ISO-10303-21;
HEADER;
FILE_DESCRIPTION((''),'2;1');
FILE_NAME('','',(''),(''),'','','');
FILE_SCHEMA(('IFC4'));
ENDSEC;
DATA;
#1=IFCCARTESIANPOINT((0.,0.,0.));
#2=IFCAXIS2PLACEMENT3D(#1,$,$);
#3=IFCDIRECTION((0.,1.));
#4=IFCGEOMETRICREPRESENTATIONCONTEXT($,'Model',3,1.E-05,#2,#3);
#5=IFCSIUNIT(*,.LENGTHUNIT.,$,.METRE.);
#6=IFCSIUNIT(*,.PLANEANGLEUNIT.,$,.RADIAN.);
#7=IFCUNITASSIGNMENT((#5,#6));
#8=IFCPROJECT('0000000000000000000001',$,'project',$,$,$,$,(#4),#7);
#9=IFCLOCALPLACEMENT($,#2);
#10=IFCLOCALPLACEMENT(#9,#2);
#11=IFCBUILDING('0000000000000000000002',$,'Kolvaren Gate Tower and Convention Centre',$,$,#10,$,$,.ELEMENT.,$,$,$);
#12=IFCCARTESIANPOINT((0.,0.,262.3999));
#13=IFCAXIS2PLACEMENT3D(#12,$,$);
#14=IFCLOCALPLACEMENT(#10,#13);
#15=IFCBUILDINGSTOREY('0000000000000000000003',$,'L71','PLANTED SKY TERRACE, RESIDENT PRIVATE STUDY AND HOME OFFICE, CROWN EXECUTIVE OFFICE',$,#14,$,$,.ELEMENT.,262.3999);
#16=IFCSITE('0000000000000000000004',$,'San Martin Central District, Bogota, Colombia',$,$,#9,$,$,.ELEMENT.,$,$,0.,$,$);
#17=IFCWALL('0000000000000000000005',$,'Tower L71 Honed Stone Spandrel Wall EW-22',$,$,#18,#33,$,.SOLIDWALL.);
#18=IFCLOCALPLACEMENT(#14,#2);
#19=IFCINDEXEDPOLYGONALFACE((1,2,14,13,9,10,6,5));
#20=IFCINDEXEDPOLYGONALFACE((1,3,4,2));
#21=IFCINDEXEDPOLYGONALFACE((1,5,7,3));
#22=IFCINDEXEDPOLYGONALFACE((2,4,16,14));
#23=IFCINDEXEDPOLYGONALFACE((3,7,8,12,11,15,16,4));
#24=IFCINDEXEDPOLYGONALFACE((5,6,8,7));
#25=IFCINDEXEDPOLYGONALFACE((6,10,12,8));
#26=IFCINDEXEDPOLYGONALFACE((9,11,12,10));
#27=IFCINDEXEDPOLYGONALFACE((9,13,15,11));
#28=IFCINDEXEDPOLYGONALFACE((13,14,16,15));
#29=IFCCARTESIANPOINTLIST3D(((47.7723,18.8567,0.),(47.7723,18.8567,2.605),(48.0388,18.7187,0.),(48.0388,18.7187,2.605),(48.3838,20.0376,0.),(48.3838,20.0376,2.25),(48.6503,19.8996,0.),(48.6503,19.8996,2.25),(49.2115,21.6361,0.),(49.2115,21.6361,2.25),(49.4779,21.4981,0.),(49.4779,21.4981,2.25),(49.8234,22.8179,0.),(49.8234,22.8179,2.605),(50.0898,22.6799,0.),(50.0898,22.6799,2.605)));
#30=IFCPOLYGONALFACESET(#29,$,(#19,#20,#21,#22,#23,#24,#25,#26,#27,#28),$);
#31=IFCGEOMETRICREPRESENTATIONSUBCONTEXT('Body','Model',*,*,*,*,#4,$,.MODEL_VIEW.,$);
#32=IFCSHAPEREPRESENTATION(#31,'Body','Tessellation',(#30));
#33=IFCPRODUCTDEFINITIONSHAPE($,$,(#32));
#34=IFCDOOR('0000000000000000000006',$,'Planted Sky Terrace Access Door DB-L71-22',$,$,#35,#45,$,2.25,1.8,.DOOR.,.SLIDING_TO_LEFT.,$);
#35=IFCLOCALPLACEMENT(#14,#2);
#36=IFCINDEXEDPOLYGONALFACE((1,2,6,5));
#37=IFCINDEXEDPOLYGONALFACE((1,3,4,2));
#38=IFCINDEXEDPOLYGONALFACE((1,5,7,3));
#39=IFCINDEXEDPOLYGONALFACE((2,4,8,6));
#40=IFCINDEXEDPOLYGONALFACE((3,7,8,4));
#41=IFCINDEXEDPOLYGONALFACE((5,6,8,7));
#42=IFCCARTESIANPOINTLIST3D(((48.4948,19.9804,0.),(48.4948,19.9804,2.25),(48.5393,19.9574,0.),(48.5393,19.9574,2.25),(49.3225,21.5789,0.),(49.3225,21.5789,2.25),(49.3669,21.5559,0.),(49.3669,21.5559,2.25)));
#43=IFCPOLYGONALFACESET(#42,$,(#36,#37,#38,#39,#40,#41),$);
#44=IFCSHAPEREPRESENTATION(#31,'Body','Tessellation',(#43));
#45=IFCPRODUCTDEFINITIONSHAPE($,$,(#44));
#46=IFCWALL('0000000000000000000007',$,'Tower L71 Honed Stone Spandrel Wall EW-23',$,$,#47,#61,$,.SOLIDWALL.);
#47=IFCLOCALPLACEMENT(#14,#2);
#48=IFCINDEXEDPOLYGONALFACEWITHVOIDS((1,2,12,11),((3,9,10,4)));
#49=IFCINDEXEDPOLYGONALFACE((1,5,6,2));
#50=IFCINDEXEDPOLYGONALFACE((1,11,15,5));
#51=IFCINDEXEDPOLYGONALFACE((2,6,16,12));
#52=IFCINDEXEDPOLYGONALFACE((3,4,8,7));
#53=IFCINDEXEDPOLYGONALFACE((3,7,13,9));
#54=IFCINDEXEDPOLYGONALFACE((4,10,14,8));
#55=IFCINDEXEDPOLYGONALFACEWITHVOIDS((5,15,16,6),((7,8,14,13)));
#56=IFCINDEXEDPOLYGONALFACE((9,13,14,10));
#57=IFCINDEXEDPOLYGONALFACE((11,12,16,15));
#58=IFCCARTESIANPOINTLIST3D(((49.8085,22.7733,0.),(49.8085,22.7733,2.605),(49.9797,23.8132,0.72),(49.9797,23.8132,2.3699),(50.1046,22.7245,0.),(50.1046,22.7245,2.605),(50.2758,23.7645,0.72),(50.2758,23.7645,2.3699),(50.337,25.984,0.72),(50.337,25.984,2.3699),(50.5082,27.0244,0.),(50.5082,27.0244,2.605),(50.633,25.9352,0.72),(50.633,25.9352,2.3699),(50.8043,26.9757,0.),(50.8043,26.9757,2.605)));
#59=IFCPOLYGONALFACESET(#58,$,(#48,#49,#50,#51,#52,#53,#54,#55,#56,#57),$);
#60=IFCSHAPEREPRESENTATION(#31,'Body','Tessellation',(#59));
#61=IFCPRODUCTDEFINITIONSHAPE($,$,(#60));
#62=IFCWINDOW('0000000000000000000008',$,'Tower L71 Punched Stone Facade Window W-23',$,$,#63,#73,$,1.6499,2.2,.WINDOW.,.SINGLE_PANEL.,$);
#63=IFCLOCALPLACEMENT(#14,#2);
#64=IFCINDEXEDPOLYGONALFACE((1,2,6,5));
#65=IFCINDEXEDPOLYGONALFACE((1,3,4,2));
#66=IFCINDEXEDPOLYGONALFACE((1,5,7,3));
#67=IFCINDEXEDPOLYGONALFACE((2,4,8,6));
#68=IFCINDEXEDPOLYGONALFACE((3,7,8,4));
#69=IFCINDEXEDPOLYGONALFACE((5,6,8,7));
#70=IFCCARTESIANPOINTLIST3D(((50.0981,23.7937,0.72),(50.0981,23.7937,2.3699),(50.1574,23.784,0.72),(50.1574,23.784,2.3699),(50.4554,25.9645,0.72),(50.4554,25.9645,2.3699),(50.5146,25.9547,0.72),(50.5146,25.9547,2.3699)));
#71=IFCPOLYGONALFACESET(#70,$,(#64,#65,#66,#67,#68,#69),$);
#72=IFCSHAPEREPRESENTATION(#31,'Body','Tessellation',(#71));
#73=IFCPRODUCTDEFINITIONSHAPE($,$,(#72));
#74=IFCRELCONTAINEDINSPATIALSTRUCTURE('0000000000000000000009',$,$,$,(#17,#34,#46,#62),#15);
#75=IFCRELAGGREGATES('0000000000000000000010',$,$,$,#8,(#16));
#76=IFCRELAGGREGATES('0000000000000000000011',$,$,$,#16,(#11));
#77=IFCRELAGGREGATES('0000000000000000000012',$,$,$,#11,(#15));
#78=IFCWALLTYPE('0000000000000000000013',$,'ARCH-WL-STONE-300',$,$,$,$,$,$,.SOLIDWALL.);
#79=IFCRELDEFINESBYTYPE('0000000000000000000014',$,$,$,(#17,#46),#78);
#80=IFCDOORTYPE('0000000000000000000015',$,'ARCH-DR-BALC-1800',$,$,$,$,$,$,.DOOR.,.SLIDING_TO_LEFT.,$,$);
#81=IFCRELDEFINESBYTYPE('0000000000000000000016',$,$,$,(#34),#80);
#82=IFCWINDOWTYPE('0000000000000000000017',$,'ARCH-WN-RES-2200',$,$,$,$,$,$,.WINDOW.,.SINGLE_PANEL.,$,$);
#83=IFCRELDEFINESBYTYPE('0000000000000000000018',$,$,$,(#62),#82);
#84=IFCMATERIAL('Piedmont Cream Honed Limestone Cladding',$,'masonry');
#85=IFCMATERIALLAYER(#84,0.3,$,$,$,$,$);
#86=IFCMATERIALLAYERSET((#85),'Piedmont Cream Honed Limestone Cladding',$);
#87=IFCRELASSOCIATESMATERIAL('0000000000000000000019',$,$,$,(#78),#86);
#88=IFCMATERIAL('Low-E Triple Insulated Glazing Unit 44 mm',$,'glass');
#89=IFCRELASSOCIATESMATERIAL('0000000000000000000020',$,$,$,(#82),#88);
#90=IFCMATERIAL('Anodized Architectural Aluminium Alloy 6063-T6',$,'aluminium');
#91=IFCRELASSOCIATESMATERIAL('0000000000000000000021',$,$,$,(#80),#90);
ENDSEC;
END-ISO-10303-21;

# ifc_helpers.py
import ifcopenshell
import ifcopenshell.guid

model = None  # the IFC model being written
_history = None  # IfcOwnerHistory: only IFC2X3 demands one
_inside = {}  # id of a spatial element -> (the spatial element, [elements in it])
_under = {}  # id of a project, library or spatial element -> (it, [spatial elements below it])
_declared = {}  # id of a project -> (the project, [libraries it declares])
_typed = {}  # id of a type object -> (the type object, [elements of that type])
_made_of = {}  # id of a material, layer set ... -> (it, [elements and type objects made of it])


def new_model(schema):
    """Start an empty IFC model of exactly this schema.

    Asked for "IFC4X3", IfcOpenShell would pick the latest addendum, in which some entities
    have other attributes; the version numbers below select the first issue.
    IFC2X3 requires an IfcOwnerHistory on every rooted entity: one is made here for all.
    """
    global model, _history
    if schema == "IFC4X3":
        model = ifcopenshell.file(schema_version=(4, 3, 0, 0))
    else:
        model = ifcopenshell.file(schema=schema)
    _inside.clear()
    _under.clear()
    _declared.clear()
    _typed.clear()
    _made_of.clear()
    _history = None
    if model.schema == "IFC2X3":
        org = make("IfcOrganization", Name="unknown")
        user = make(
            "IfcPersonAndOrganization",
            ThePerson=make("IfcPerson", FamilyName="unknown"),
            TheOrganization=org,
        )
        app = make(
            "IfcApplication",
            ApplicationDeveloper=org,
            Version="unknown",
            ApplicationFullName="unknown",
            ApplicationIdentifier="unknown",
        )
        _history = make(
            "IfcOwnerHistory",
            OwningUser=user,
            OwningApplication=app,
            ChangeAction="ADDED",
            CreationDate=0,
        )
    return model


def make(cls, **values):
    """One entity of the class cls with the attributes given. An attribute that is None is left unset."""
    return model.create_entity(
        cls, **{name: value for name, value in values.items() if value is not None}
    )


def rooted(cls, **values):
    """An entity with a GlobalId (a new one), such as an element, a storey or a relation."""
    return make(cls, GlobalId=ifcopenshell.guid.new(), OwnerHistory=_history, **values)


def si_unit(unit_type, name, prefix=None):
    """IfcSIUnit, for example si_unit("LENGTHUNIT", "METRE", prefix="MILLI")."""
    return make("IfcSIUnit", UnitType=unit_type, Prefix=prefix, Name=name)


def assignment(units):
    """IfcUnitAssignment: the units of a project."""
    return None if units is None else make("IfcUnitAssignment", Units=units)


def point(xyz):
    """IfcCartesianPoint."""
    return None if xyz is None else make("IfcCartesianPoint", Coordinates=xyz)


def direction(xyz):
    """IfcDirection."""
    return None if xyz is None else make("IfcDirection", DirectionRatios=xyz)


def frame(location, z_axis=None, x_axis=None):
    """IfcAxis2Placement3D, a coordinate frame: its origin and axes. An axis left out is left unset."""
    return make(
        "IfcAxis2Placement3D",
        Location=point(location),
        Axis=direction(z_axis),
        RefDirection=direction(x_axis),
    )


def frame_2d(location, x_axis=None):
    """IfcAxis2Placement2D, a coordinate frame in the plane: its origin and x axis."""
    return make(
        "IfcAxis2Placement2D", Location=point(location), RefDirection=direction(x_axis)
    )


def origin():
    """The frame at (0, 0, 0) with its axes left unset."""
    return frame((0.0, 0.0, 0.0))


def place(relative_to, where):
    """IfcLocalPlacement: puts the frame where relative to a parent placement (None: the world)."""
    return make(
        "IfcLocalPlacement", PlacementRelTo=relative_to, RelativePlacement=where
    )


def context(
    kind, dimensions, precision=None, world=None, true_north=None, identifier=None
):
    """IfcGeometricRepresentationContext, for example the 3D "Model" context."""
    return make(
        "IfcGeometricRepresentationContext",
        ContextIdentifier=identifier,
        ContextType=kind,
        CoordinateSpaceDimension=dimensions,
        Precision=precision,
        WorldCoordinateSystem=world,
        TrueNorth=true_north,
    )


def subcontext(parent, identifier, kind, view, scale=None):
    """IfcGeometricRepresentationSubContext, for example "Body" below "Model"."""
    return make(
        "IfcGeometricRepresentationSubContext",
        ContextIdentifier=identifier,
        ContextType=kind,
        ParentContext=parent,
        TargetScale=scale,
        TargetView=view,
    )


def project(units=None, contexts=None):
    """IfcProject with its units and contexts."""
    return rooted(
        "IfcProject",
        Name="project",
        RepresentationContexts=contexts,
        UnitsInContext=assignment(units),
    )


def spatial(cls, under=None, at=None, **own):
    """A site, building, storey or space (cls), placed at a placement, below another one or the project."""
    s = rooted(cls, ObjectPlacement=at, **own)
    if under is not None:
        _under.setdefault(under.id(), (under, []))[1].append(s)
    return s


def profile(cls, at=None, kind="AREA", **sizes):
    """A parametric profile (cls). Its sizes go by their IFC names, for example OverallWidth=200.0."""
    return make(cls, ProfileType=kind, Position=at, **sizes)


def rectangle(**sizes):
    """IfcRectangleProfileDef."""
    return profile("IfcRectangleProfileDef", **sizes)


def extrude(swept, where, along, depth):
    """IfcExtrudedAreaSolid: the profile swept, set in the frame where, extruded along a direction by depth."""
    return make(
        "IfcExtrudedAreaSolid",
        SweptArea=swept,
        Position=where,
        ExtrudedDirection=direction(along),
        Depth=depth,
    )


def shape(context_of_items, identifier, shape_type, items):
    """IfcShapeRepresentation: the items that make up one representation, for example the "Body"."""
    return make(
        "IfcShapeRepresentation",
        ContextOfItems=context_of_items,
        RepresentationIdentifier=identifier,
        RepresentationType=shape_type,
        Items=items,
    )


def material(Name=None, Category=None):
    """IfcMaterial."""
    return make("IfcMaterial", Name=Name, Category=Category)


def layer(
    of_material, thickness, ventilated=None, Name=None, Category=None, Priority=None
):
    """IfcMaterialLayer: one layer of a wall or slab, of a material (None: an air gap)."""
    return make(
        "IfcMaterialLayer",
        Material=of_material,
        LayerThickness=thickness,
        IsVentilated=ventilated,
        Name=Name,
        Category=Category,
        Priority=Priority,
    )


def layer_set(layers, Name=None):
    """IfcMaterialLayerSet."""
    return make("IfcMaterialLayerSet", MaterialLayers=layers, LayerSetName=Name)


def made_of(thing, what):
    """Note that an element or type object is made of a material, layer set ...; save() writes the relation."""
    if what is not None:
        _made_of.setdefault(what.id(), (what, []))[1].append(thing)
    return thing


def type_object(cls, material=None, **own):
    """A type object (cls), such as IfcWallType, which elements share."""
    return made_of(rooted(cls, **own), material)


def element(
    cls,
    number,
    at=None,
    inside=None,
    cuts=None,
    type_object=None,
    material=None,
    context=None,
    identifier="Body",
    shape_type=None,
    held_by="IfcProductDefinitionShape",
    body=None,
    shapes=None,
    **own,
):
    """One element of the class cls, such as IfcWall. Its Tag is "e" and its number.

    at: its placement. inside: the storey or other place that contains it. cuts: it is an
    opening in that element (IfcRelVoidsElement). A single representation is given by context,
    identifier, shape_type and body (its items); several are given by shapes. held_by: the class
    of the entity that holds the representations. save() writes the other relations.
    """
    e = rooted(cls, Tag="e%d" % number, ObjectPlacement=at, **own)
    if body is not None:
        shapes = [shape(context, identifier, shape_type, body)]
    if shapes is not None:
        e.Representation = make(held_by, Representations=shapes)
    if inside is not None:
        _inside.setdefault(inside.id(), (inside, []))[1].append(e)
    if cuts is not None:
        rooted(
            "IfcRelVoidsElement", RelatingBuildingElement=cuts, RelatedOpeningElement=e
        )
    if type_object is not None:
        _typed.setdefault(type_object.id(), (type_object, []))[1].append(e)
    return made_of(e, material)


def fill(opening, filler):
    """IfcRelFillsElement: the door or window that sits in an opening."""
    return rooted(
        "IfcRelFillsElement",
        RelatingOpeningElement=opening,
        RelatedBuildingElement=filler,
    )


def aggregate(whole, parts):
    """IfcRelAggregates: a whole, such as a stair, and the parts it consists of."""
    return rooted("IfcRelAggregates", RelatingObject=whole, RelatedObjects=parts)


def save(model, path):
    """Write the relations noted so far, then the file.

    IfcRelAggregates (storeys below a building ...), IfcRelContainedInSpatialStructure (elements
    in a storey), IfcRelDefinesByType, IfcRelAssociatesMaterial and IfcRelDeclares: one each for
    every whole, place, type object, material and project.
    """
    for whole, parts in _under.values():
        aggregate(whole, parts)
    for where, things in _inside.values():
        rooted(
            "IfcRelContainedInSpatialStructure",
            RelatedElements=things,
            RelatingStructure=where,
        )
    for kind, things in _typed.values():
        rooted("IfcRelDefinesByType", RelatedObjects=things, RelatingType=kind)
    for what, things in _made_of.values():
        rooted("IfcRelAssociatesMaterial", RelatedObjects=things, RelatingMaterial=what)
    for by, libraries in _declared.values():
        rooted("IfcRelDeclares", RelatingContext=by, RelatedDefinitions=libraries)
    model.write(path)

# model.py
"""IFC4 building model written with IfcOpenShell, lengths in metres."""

from ifc_helpers import new_model, si_unit, direction, frame, frame_2d, origin, place, context, subcontext, project, spatial, rectangle, extrude, material, layer, layer_set, type_object, element, fill, save


model = new_model("IFC4")

# Units and contexts
model_context = context("Model", 3, precision=1e-05, world=origin(), true_north=direction((0.0, 1.0)))
body_context = subcontext(model_context, "Body", "Model", "MODEL_VIEW")
ifc_project = project(units=[si_unit("LENGTHUNIT", "METRE"), si_unit("PLANEANGLEUNIT", "RADIAN")], contexts=[model_context])

# Site, building, storey
site_placement = place(None, origin())
site = spatial("IfcSite", under=ifc_project, at=site_placement, Name="San Martin Central District, Bogota, Colombia", CompositionType="ELEMENT", RefElevation=0.0)
building_placement = place(site_placement, origin())
building = spatial("IfcBuilding", under=site, at=building_placement, Name="Kolvaren Gate Tower and Convention Centre", CompositionType="ELEMENT")
storey_placement = place(building_placement, frame((0.0, 0.0, 262.3999)))
storey = spatial("IfcBuildingStorey", under=building, at=storey_placement, Name="L71", Description="PLANTED SKY TERRACE, RESIDENT PRIVATE STUDY AND HOME OFFICE, CROWN EXECUTIVE OFFICE", CompositionType="ELEMENT", Elevation=262.3999)

# Shared definitions
ifc_material_1 = material(Name="Piedmont Cream Honed Limestone Cladding", Category="masonry")

# Shared definitions
ifc_layer_1 = layer(ifc_material_1, 0.3)
ifc_layer_set_1 = layer_set([ifc_layer_1], Name="Piedmont Cream Honed Limestone Cladding")
wall_type_1 = type_object("IfcWallType", Name="ARCH-WL-STONE-300", PredefinedType="SOLIDWALL", material=ifc_layer_set_1)
ifc_material_2 = material(Name="Low-E Triple Insulated Glazing Unit 44 mm", Category="glass")
window_type = type_object("IfcWindowType", Name="ARCH-WN-RES-2200", PartitioningType="SINGLE_PANEL", PredefinedType="WINDOW", material=ifc_material_2)

# Wall, opening, door
wall_1_placement = place(storey_placement, frame((47.9055, 18.7876, 0.0), z_axis=(0.0, 0.0, 1.0), x_axis=(0.459801, 0.888022, 0.0)))
wall_1 = element("IfcWall", 1, at=wall_1_placement, inside=storey, type_object=wall_type_1, Name="Tower L71 Honed Stone Spandrel Wall EW-22", PredefinedType="SOLIDWALL", context=body_context, shape_type="SweptSolid", body=[
    extrude(rectangle(XDim=4.4607, YDim=0.3, at=frame_2d((2.2305, 0.0))), origin(), (0.0, 0.0, 1.0), 2.605),
])
opening_1_placement = place(wall_1_placement, frame((1.3301, 0.0, 0.0)))
opening_1 = element("IfcOpeningElement", 2, at=opening_1_placement, cuts=wall_1, PredefinedType="OPENING", context=body_context, shape_type="SweptSolid", body=[
    extrude(rectangle(XDim=1.8, YDim=2.25, at=frame_2d((0.8999, 1.125))), frame((0.0, 0.1599, 0.0), z_axis=(0.0, -1.0, 0.0), x_axis=(1.0, 0.0, 0.0)), (0.0, 0.0, 1.0), 0.3201),
])
ifc_material_3 = material(Name="Anodized Architectural Aluminium Alloy 6063-T6", Category="aluminium")
door_type_1 = type_object("IfcDoorType", Name="ARCH-DR-BALC-1800", OperationType="SLIDING_TO_LEFT", PredefinedType="DOOR", material=ifc_material_3)
door_1_placement = place(opening_1_placement, frame((1.8, 0.0, 0.0), z_axis=(0.0, 0.0, 1.0), x_axis=(-1.0, 0.0, 0.0)))
door_1 = element("IfcDoor", 3, at=door_1_placement, inside=storey, type_object=door_type_1, Name="Planted Sky Terrace Access Door DB-L71-22", OperationType="SLIDING_TO_LEFT", OverallHeight=2.25, OverallWidth=1.8, PredefinedType="DOOR", context=body_context, shape_type="SweptSolid", body=[
    extrude(rectangle(XDim=1.8, YDim=2.25, at=frame_2d((0.8999, 1.125))), frame((0.0, 0.0249, 0.0), z_axis=(0.0, -1.0, 0.0), x_axis=(1.0, 0.0, 0.0)), (0.0, 0.0, 1.0), 0.05),
])
fill(opening_1, door_1)

# Wall, opening, window
wall_2_placement = place(storey_placement, frame((49.9565, 22.7488, 0.0), z_axis=(0.0, 0.0, 1.0), x_axis=(0.162405, 0.986724, 0.0)))
wall_2 = element("IfcWall", 4, at=wall_2_placement, inside=storey, type_object=wall_type_1, Name="Tower L71 Honed Stone Spandrel Wall EW-23", PredefinedType="SOLIDWALL", context=body_context, shape_type="SweptSolid", body=[
    extrude(rectangle(XDim=4.3083, YDim=0.3, at=frame_2d((2.1543, 0.0))), origin(), (0.0, 0.0, 1.0), 2.605),
])
opening_2_placement = place(wall_2_placement, frame((1.054, 0.0, 0.72)))
opening_2 = element("IfcOpeningElement", 5, at=opening_2_placement, cuts=wall_2, PredefinedType="OPENING", context=body_context, shape_type="SweptSolid", body=[
    extrude(rectangle(XDim=2.2, YDim=1.6499, at=frame_2d((1.1001, 0.825))), frame((0.0, 0.1599, 0.0), z_axis=(0.0, -1.0, 0.0), x_axis=(1.0, 0.0, 0.0)), (0.0, 0.0, 1.0), 0.3201),
])
window_1_placement = place(opening_2_placement, origin())
window_1 = element("IfcWindow", 6, at=window_1_placement, inside=storey, type_object=window_type, Name="Tower L71 Punched Stone Facade Window W-23", OverallHeight=1.6499, OverallWidth=2.2, PartitioningType="SINGLE_PANEL", PredefinedType="WINDOW", context=body_context, shape_type="SweptSolid", body=[
    extrude(rectangle(XDim=2.2, YDim=1.6499, at=frame_2d((1.1001, 0.825))), frame((0.0, 0.03, 0.0), z_axis=(0.0, -1.0, 0.0), x_axis=(1.0, 0.0, 0.0)), (0.0, 0.0, 1.0), 0.0601),
])
fill(opening_2, window_1)

save(model, "model.ifc")
